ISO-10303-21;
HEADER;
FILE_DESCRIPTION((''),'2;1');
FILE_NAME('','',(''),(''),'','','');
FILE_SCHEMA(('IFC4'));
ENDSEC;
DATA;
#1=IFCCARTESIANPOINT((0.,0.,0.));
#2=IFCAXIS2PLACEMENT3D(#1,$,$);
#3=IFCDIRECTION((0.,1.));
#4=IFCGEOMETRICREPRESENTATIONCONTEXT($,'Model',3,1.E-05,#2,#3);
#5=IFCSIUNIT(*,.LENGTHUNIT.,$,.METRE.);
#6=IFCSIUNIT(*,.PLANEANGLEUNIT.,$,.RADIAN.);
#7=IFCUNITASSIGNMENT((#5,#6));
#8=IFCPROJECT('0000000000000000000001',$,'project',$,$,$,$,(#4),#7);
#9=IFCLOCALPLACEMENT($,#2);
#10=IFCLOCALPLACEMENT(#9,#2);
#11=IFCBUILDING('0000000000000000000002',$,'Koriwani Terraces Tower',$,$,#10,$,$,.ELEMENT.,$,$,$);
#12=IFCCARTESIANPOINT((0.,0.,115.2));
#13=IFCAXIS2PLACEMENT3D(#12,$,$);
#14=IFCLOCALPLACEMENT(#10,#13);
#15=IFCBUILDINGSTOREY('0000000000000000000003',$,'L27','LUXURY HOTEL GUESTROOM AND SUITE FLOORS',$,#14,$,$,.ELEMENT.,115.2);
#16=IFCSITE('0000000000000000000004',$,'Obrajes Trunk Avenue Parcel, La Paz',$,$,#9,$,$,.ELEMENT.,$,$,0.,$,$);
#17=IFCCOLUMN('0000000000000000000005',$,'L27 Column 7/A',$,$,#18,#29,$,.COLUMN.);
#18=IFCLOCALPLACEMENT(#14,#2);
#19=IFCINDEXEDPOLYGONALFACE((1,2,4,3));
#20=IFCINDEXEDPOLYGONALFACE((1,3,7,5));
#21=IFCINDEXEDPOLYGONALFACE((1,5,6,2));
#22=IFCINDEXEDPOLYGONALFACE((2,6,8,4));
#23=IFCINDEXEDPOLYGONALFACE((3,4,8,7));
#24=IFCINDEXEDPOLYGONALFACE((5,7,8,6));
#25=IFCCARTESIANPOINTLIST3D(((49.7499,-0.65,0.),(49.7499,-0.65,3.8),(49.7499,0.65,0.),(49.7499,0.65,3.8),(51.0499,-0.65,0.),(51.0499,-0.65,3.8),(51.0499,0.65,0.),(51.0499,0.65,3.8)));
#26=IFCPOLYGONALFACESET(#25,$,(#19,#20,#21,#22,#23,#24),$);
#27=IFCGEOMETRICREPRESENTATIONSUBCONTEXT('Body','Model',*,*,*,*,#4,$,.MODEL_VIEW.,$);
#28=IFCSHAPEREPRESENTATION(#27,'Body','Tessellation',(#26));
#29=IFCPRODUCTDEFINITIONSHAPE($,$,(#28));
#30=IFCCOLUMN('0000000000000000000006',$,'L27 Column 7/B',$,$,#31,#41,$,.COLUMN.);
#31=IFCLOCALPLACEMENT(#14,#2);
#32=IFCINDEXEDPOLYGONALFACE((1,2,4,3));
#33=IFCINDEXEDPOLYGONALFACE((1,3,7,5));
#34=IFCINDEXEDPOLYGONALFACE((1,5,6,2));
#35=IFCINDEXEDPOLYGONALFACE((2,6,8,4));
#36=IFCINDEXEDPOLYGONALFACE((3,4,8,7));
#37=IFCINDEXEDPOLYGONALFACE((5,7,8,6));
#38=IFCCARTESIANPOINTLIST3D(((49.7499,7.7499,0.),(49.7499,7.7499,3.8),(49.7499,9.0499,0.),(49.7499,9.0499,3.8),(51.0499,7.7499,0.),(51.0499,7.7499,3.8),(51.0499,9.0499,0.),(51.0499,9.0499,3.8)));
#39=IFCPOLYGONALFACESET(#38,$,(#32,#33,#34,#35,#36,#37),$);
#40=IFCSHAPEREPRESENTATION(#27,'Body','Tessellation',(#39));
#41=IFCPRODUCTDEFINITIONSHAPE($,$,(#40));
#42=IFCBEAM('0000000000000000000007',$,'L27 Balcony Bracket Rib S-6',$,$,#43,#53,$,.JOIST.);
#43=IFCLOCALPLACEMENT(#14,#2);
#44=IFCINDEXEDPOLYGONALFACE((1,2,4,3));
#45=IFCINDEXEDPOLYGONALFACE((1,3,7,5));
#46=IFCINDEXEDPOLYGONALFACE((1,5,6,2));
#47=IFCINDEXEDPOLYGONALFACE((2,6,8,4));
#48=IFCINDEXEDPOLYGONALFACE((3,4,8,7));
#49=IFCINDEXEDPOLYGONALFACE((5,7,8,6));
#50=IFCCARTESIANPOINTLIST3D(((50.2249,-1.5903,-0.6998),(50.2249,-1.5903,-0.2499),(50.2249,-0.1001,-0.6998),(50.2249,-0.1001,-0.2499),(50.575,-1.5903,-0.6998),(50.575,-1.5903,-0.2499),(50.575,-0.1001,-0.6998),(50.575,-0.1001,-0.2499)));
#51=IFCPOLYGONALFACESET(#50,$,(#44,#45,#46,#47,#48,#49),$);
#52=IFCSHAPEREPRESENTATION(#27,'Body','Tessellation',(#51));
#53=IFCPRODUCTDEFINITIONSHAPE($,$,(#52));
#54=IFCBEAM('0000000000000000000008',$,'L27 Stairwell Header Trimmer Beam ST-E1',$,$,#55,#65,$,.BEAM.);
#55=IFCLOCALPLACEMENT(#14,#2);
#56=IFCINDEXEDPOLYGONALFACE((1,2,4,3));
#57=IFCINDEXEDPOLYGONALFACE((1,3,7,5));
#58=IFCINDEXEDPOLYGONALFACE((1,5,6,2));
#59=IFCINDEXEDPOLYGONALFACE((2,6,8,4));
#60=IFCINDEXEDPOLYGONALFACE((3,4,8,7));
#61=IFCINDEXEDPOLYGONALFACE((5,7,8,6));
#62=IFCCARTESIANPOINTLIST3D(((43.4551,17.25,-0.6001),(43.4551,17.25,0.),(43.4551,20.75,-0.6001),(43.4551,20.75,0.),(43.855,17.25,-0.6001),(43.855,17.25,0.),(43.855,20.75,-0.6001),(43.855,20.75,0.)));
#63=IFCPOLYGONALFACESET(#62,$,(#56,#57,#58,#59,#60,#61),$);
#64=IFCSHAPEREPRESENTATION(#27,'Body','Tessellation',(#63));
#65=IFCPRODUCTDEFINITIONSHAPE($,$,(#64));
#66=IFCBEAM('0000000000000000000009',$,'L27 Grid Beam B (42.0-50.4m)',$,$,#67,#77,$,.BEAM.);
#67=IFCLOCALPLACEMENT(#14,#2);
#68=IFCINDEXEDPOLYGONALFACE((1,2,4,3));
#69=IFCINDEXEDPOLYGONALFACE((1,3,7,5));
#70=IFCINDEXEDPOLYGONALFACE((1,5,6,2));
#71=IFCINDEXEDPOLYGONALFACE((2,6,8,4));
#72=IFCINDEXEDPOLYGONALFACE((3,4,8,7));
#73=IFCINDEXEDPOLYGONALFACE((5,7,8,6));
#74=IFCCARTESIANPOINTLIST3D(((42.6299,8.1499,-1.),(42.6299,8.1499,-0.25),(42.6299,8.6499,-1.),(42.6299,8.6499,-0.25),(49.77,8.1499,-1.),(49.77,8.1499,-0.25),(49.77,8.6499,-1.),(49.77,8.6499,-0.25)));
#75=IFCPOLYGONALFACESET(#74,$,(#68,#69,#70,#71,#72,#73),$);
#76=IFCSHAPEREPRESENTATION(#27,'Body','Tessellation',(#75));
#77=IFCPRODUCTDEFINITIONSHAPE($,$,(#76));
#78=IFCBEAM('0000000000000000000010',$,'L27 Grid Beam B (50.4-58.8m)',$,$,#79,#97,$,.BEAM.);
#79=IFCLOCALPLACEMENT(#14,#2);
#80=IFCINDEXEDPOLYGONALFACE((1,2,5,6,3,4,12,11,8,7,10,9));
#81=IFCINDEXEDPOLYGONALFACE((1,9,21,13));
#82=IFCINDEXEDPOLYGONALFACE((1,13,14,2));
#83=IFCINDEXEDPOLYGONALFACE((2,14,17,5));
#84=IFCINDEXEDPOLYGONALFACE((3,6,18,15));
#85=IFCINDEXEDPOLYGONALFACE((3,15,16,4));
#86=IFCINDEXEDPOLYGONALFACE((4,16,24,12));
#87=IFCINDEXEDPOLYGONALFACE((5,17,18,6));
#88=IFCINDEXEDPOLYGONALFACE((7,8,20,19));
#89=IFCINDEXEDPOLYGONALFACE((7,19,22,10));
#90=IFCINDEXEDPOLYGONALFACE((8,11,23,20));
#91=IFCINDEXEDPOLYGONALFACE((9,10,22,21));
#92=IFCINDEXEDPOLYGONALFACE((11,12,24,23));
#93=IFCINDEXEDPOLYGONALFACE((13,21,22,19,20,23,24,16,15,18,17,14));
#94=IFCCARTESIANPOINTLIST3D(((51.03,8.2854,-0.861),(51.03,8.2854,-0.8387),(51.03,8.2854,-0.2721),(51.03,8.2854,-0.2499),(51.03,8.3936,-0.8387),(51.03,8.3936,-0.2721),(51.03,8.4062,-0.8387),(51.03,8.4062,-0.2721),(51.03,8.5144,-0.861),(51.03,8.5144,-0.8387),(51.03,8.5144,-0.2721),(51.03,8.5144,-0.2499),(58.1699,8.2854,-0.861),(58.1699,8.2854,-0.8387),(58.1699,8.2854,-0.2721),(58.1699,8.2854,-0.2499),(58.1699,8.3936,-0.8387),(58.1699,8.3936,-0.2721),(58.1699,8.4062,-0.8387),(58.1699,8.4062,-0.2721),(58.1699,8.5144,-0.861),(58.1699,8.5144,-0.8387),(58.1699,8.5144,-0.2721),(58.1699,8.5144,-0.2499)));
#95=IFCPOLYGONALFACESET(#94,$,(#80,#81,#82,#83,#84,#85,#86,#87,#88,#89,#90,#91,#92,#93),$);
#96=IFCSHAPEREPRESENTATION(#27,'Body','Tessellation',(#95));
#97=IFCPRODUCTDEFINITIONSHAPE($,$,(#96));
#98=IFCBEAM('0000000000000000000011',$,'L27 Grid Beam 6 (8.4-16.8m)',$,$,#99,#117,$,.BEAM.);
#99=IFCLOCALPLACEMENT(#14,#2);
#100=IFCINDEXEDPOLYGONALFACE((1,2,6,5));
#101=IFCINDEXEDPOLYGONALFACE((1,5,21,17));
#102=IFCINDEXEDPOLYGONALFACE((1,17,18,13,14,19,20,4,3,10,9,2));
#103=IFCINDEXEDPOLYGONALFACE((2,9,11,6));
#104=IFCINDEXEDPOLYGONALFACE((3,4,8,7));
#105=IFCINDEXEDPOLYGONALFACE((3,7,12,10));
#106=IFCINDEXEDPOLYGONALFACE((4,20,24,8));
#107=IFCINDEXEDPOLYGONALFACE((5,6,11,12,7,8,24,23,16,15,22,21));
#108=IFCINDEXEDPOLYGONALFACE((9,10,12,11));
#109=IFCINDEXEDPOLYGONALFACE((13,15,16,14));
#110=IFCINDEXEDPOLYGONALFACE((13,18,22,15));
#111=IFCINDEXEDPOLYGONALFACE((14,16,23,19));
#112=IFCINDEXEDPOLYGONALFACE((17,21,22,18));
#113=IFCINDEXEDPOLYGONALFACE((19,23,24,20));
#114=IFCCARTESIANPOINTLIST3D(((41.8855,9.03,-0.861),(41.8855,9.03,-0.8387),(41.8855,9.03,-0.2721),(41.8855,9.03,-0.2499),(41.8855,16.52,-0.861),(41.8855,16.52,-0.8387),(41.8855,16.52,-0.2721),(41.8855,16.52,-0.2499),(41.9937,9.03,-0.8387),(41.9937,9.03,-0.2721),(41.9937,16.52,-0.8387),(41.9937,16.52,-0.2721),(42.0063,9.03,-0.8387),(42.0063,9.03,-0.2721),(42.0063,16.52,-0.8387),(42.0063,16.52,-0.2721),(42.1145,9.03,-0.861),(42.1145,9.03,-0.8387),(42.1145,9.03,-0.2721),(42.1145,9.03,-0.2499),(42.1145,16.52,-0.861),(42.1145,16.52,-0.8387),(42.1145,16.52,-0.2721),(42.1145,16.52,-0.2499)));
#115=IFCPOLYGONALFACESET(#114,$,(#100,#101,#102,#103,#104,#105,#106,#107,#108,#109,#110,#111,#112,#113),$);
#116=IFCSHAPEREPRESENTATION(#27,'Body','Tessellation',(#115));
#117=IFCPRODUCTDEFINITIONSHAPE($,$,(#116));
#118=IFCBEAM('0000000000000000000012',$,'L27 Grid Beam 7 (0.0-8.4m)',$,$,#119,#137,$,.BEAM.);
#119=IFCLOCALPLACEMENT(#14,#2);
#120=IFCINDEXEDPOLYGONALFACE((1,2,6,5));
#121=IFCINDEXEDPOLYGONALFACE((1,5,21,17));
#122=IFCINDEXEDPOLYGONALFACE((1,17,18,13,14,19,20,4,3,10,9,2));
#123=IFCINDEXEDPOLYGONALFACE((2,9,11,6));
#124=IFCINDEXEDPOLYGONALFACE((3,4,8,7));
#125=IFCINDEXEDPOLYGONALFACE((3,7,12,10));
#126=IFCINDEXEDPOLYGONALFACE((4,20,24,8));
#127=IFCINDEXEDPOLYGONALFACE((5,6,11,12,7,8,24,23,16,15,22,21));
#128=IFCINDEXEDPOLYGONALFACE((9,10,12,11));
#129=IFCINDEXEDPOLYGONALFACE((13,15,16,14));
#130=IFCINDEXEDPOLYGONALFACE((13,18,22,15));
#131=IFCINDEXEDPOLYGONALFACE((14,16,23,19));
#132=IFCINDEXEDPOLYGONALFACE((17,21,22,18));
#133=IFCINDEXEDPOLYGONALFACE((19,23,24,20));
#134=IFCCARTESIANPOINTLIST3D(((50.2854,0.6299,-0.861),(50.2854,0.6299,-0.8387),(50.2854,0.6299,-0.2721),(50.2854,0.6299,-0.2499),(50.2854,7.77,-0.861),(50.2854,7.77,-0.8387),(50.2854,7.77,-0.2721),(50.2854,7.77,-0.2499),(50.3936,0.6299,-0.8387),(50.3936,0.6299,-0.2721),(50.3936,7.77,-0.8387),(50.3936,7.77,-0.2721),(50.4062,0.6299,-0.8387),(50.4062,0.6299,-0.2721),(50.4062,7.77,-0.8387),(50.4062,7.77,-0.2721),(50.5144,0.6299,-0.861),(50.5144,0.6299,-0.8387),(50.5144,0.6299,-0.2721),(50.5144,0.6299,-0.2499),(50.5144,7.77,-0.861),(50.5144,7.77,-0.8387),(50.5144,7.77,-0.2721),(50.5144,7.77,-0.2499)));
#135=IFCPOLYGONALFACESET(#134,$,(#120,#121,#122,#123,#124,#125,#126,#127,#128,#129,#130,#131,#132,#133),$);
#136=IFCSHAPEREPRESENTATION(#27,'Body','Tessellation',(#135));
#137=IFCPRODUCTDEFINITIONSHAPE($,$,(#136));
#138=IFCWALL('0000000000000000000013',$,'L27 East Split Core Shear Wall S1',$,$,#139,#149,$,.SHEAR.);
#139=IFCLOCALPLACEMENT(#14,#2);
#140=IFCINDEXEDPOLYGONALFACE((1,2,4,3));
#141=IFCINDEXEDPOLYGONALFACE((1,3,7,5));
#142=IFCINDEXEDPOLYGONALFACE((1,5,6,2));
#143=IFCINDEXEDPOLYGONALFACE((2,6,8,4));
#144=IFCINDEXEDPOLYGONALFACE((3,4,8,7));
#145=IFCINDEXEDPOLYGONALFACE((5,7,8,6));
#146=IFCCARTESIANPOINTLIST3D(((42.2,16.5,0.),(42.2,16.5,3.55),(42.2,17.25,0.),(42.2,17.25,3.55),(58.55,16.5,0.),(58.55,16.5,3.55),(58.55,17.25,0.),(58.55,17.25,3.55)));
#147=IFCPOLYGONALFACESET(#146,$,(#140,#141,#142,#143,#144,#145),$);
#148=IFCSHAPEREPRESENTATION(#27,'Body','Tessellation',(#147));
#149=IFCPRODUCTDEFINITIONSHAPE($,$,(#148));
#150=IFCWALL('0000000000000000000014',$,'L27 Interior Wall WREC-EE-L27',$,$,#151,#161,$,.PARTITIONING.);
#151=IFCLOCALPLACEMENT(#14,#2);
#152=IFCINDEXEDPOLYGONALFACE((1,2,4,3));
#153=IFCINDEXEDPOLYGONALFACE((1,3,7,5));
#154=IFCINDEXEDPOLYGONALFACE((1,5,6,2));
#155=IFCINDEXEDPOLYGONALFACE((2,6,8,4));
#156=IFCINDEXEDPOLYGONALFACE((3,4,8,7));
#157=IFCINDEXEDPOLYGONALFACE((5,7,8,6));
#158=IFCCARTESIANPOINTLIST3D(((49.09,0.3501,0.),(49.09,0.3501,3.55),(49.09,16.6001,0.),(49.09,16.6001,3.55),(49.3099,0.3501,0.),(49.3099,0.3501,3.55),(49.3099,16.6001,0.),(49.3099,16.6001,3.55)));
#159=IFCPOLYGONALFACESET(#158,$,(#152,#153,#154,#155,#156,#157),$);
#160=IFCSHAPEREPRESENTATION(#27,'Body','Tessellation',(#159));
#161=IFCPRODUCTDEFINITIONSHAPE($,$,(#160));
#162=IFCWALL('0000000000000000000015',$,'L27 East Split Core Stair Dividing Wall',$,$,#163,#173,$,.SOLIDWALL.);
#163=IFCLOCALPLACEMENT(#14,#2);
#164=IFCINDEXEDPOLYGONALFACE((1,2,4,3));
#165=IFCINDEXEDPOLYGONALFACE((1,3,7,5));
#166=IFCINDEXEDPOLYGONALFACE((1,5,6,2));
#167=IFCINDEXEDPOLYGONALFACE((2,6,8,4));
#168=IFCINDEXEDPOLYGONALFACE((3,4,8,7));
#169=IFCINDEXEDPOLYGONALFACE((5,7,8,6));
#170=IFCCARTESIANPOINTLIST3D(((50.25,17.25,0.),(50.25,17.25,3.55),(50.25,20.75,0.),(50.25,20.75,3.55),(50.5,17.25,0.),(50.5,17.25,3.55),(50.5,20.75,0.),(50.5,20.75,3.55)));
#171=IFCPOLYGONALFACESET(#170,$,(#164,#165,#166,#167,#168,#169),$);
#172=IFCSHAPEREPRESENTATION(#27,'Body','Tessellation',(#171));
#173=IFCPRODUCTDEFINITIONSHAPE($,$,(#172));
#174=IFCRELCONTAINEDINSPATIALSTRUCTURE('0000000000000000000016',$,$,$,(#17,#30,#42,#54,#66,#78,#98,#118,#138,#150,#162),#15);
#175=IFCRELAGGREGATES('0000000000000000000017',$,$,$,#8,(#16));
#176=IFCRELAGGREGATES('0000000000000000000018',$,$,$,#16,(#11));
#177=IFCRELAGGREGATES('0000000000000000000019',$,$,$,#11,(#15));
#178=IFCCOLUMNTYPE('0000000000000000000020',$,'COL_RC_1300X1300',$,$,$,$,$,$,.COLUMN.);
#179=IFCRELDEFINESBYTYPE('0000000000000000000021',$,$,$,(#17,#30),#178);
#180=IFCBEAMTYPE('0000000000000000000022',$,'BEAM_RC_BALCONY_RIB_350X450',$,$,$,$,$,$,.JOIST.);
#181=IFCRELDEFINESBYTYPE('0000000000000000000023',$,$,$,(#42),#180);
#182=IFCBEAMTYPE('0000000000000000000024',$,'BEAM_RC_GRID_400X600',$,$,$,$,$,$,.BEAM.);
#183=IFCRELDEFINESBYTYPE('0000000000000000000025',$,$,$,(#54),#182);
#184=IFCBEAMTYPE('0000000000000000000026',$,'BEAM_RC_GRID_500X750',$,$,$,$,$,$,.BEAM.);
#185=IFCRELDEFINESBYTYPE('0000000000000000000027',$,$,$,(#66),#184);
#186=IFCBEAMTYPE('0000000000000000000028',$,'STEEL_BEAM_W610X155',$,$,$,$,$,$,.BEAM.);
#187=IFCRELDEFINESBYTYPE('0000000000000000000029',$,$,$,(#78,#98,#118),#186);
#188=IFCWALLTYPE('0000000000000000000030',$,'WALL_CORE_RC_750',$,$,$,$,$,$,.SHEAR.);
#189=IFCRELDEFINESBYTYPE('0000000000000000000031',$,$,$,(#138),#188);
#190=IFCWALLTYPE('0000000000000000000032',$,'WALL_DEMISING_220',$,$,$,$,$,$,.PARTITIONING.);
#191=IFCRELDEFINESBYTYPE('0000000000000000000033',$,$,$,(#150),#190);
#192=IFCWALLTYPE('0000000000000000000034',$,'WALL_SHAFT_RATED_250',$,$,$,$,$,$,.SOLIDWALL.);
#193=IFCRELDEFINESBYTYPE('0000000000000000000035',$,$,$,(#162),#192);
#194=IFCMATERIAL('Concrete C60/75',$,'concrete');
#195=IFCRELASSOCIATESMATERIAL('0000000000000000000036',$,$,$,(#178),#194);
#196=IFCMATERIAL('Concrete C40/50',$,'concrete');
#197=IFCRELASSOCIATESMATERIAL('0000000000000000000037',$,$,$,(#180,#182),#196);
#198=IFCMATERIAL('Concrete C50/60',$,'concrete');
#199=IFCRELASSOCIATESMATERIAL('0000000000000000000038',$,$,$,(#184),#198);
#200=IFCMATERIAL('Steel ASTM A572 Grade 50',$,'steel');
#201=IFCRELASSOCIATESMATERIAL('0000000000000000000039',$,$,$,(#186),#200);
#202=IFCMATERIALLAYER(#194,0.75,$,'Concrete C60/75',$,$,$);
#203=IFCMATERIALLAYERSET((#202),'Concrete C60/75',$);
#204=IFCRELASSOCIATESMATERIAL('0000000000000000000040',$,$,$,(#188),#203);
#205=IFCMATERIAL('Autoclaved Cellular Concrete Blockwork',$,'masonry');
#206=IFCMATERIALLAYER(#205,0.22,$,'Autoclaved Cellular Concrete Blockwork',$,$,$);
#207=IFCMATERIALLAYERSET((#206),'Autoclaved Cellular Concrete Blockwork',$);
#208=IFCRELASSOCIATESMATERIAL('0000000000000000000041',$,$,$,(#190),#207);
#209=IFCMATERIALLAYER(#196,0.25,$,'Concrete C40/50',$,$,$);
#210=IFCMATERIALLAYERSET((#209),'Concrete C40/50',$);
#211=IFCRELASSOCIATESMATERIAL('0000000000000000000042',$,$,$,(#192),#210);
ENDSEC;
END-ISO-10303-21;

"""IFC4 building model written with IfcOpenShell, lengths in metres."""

from ifc_helpers import new_model, si_unit, direction, frame, frame_2d, origin, origin_2d, place, context, subcontext, project, spatial, rectangle, i_section, extrude, material, layer, layer_set, material_profile, profile_set, type_object, element, save


model = new_model("IFC4")

# Units and contexts
model_context = context("Model", 3, precision=1e-05, world=origin(), true_north=direction((0.0, 1.0)))
body_context = subcontext(model_context, "Body", "Model", "MODEL_VIEW")
ifc_project = project(units=[si_unit("LENGTHUNIT", "METRE"), si_unit("PLANEANGLEUNIT", "RADIAN")], contexts=[model_context])

# Site, building, storey
site_placement = place(None, origin())
site = spatial("IfcSite", under=ifc_project, at=site_placement, Name="Obrajes Trunk Avenue Parcel, La Paz", CompositionType="ELEMENT", RefElevation=0.0)
building_placement = place(site_placement, origin())
building = spatial("IfcBuilding", under=site, at=building_placement, Name="Koriwani Terraces Tower", CompositionType="ELEMENT")
storey_placement = place(building_placement, frame((0.0, 0.0, 115.2)))
storey = spatial("IfcBuildingStorey", under=building, at=storey_placement, Name="L27", Description="LUXURY HOTEL GUESTROOM AND SUITE FLOORS", CompositionType="ELEMENT", Elevation=115.2)

# Columns
ifc_material_1 = material(Name="Concrete C60/75", Category="concrete")
ifc_material_profile_1 = material_profile(ifc_material_1, rectangle(XDim=1.3, YDim=1.3, at=origin_2d()), Name="Concrete C60/75", Category="LoadBearing")
ifc_profile_set_1 = profile_set([ifc_material_profile_1], Name="Concrete C60/75")
column_type = type_object("IfcColumnType", Name="COL_RC_1300X1300", PredefinedType="COLUMN", material=ifc_profile_set_1)
for number, where, z_axis, x_axis, name in (
    (1, (50.3999, 0.0, 0.0), (0.0, 0.0, 1.0), (1.0, 0.0, 0.0), "L27 Column 7/A"),
    (2, (50.3999, 8.3999, 0.0), (0.0, 0.0, 1.0), (1.0, 0.0, 0.0), "L27 Column 7/B"),
):
    element("IfcColumn", number, at=place(storey_placement, frame(where, z_axis=z_axis, x_axis=x_axis)), inside=storey, type_object=column_type, Name=name, PredefinedType="COLUMN", context=body_context, shape_type="SweptSolid", body=[
        extrude(rectangle(XDim=1.3, YDim=1.3, at=origin_2d()), origin(), (0.0, 0.0, 1.0), 3.8),
    ])

# Beams
ifc_material_2 = material(Name="Concrete C40/50", Category="concrete")
ifc_material_profile_2 = material_profile(ifc_material_2, rectangle(XDim=0.3501, YDim=0.45, at=origin_2d()), Name="Concrete C40/50", Category="LoadBearing")
ifc_profile_set_2 = profile_set([ifc_material_profile_2], Name="Concrete C40/50")
beam_type_1 = type_object("IfcBeamType", Name="BEAM_RC_BALCONY_RIB_350X450", PredefinedType="JOIST", material=ifc_profile_set_2)
beam_1_placement = place(storey_placement, frame((50.3999, -1.5903, -0.4749), z_axis=(0.0, 1.0, 0.0), x_axis=(-1.0, 0.0, 0.0)))
element("IfcBeam", 3, at=beam_1_placement, inside=storey, type_object=beam_type_1, Name="L27 Balcony Bracket Rib S-6", PredefinedType="JOIST", context=body_context, shape_type="SweptSolid", body=[
    extrude(rectangle(XDim=0.3501, YDim=0.45, at=origin_2d()), origin(), (0.0, 0.0, 1.0), 1.4902),
])
ifc_material_profile_3 = material_profile(ifc_material_2, rectangle(XDim=0.3999, YDim=0.6001, at=origin_2d()), Name="Concrete C40/50", Category="LoadBearing")
ifc_profile_set_3 = profile_set([ifc_material_profile_3], Name="Concrete C40/50")
beam_type_2 = type_object("IfcBeamType", Name="BEAM_RC_GRID_400X600", PredefinedType="BEAM", material=ifc_profile_set_3)
beam_2_placement = place(storey_placement, frame((43.655, 17.25, -0.3), z_axis=(0.0, 1.0, 0.0), x_axis=(-1.0, 0.0, 0.0)))
element("IfcBeam", 4, at=beam_2_placement, inside=storey, type_object=beam_type_2, Name="L27 Stairwell Header Trimmer Beam ST-E1", PredefinedType="BEAM", context=body_context, shape_type="SweptSolid", body=[
    extrude(rectangle(XDim=0.3999, YDim=0.6001, at=origin_2d()), origin(), (0.0, 0.0, 1.0), 3.5),
])
ifc_material_3 = material(Name="Concrete C50/60", Category="concrete")
ifc_material_profile_4 = material_profile(ifc_material_3, rectangle(XDim=0.5, YDim=0.75, at=origin_2d()), Name="Concrete C50/60", Category="LoadBearing")
ifc_profile_set_4 = profile_set([ifc_material_profile_4], Name="Concrete C50/60")
beam_type_3 = type_object("IfcBeamType", Name="BEAM_RC_GRID_500X750", PredefinedType="BEAM", material=ifc_profile_set_4)
beam_3_placement = place(storey_placement, frame((42.6299, 8.3999, -0.625), z_axis=(1.0, 0.0, 0.0), x_axis=(0.0, 1.0, 0.0)))
element("IfcBeam", 5, at=beam_3_placement, inside=storey, type_object=beam_type_3, Name="L27 Grid Beam B (42.0-50.4m)", PredefinedType="BEAM", context=body_context, shape_type="SweptSolid", body=[
    extrude(rectangle(XDim=0.5, YDim=0.75, at=origin_2d()), origin(), (0.0, 0.0, 1.0), 7.1401),
])
ifc_material_4 = material(Name="Steel ASTM A572 Grade 50", Category="steel")
ifc_material_profile_5 = material_profile(ifc_material_4, i_section(OverallWidth=0.229, OverallDepth=0.6111, WebThickness=0.0127, FlangeThickness=0.0222, at=origin_2d()), Name="Steel ASTM A572 Grade 50", Category="LoadBearing")
ifc_profile_set_5 = profile_set([ifc_material_profile_5], Name="Steel ASTM A572 Grade 50")
beam_type_4 = type_object("IfcBeamType", Name="STEEL_BEAM_W610X155", PredefinedType="BEAM", material=ifc_profile_set_5)
beam_4_placement = place(storey_placement, frame((51.03, 8.3999, -0.5554), z_axis=(1.0, 0.0, 0.0), x_axis=(0.0, 1.0, 0.0)))
element("IfcBeam", 6, at=beam_4_placement, inside=storey, type_object=beam_type_4, Name="L27 Grid Beam B (50.4-58.8m)", PredefinedType="BEAM", context=body_context, shape_type="SweptSolid", body=[
    extrude(i_section(OverallWidth=0.229, OverallDepth=0.6111, WebThickness=0.0127, FlangeThickness=0.0222, at=origin_2d()), origin(), (0.0, 0.0, 1.0), 7.1399),
])
beam_5_placement = place(storey_placement, frame((42.0, 9.03, -0.5554), z_axis=(0.0, 1.0, 0.0), x_axis=(-1.0, 0.0, 0.0)))
element("IfcBeam", 7, at=beam_5_placement, inside=storey, type_object=beam_type_4, Name="L27 Grid Beam 6 (8.4-16.8m)", PredefinedType="BEAM", context=body_context, shape_type="SweptSolid", body=[
    extrude(i_section(OverallWidth=0.229, OverallDepth=0.6111, WebThickness=0.0127, FlangeThickness=0.0222, at=origin_2d()), origin(), (0.0, 0.0, 1.0), 7.49),
])
beam_6_placement = place(storey_placement, frame((50.3999, 0.6299, -0.5554), z_axis=(0.0, 1.0, 0.0), x_axis=(-1.0, 0.0, 0.0)))
element("IfcBeam", 8, at=beam_6_placement, inside=storey, type_object=beam_type_4, Name="L27 Grid Beam 7 (0.0-8.4m)", PredefinedType="BEAM", context=body_context, shape_type="SweptSolid", body=[
    extrude(i_section(OverallWidth=0.229, OverallDepth=0.6111, WebThickness=0.0127, FlangeThickness=0.0222, at=origin_2d()), origin(), (0.0, 0.0, 1.0), 7.1401),
])

# Walls
ifc_layer_1 = layer(ifc_material_1, 0.75, Name="Concrete C60/75")
ifc_layer_set_1 = layer_set([ifc_layer_1], Name="Concrete C60/75")
wall_type_1 = type_object("IfcWallType", Name="WALL_CORE_RC_750", PredefinedType="SHEAR", material=ifc_layer_set_1)
wall_1_placement = place(storey_placement, frame((42.2, 16.875, 0.0), z_axis=(0.0, 0.0, 1.0), x_axis=(1.0, 0.0, 0.0)))
element("IfcWall", 9, at=wall_1_placement, inside=storey, type_object=wall_type_1, Name="L27 East Split Core Shear Wall S1", PredefinedType="SHEAR", context=body_context, shape_type="SweptSolid", body=[
    extrude(rectangle(XDim=16.3501, YDim=0.75, at=frame_2d((8.175, 0.0))), origin(), (0.0, 0.0, 1.0), 3.55),
])
ifc_material_5 = material(Name="Autoclaved Cellular Concrete Blockwork", Category="masonry")
ifc_layer_2 = layer(ifc_material_5, 0.22, Name="Autoclaved Cellular Concrete Blockwork")
ifc_layer_set_2 = layer_set([ifc_layer_2], Name="Autoclaved Cellular Concrete Blockwork")
wall_type_2 = type_object("IfcWallType", Name="WALL_DEMISING_220", PredefinedType="PARTITIONING", material=ifc_layer_set_2)
wall_2_placement = place(storey_placement, frame((49.2, 0.3501, 0.0), z_axis=(0.0, 0.0, 1.0), x_axis=(0.0, 1.0, 0.0)))
element("IfcWall", 10, at=wall_2_placement, inside=storey, type_object=wall_type_2, Name="L27 Interior Wall WREC-EE-L27", PredefinedType="PARTITIONING", context=body_context, shape_type="SweptSolid", body=[
    extrude(rectangle(XDim=16.25, YDim=0.22, at=frame_2d((8.125, 0.0))), origin(), (0.0, 0.0, 1.0), 3.55),
])
ifc_layer_3 = layer(ifc_material_2, 0.25, Name="Concrete C40/50")
ifc_layer_set_3 = layer_set([ifc_layer_3], Name="Concrete C40/50")
wall_type_3 = type_object("IfcWallType", Name="WALL_SHAFT_RATED_250", PredefinedType="SOLIDWALL", material=ifc_layer_set_3)
wall_3_placement = place(storey_placement, frame((50.375, 17.25, 0.0), z_axis=(0.0, 0.0, 1.0), x_axis=(0.0, 1.0, 0.0)))
element("IfcWall", 11, at=wall_3_placement, inside=storey, type_object=wall_type_3, Name="L27 East Split Core Stair Dividing Wall", PredefinedType="SOLIDWALL", context=body_context, shape_type="SweptSolid", body=[
    extrude(rectangle(XDim=3.5, YDim=0.25, at=frame_2d((1.75, 0.0))), origin(), (0.0, 0.0, 1.0), 3.55),
])

save(model, "model.ifc")
